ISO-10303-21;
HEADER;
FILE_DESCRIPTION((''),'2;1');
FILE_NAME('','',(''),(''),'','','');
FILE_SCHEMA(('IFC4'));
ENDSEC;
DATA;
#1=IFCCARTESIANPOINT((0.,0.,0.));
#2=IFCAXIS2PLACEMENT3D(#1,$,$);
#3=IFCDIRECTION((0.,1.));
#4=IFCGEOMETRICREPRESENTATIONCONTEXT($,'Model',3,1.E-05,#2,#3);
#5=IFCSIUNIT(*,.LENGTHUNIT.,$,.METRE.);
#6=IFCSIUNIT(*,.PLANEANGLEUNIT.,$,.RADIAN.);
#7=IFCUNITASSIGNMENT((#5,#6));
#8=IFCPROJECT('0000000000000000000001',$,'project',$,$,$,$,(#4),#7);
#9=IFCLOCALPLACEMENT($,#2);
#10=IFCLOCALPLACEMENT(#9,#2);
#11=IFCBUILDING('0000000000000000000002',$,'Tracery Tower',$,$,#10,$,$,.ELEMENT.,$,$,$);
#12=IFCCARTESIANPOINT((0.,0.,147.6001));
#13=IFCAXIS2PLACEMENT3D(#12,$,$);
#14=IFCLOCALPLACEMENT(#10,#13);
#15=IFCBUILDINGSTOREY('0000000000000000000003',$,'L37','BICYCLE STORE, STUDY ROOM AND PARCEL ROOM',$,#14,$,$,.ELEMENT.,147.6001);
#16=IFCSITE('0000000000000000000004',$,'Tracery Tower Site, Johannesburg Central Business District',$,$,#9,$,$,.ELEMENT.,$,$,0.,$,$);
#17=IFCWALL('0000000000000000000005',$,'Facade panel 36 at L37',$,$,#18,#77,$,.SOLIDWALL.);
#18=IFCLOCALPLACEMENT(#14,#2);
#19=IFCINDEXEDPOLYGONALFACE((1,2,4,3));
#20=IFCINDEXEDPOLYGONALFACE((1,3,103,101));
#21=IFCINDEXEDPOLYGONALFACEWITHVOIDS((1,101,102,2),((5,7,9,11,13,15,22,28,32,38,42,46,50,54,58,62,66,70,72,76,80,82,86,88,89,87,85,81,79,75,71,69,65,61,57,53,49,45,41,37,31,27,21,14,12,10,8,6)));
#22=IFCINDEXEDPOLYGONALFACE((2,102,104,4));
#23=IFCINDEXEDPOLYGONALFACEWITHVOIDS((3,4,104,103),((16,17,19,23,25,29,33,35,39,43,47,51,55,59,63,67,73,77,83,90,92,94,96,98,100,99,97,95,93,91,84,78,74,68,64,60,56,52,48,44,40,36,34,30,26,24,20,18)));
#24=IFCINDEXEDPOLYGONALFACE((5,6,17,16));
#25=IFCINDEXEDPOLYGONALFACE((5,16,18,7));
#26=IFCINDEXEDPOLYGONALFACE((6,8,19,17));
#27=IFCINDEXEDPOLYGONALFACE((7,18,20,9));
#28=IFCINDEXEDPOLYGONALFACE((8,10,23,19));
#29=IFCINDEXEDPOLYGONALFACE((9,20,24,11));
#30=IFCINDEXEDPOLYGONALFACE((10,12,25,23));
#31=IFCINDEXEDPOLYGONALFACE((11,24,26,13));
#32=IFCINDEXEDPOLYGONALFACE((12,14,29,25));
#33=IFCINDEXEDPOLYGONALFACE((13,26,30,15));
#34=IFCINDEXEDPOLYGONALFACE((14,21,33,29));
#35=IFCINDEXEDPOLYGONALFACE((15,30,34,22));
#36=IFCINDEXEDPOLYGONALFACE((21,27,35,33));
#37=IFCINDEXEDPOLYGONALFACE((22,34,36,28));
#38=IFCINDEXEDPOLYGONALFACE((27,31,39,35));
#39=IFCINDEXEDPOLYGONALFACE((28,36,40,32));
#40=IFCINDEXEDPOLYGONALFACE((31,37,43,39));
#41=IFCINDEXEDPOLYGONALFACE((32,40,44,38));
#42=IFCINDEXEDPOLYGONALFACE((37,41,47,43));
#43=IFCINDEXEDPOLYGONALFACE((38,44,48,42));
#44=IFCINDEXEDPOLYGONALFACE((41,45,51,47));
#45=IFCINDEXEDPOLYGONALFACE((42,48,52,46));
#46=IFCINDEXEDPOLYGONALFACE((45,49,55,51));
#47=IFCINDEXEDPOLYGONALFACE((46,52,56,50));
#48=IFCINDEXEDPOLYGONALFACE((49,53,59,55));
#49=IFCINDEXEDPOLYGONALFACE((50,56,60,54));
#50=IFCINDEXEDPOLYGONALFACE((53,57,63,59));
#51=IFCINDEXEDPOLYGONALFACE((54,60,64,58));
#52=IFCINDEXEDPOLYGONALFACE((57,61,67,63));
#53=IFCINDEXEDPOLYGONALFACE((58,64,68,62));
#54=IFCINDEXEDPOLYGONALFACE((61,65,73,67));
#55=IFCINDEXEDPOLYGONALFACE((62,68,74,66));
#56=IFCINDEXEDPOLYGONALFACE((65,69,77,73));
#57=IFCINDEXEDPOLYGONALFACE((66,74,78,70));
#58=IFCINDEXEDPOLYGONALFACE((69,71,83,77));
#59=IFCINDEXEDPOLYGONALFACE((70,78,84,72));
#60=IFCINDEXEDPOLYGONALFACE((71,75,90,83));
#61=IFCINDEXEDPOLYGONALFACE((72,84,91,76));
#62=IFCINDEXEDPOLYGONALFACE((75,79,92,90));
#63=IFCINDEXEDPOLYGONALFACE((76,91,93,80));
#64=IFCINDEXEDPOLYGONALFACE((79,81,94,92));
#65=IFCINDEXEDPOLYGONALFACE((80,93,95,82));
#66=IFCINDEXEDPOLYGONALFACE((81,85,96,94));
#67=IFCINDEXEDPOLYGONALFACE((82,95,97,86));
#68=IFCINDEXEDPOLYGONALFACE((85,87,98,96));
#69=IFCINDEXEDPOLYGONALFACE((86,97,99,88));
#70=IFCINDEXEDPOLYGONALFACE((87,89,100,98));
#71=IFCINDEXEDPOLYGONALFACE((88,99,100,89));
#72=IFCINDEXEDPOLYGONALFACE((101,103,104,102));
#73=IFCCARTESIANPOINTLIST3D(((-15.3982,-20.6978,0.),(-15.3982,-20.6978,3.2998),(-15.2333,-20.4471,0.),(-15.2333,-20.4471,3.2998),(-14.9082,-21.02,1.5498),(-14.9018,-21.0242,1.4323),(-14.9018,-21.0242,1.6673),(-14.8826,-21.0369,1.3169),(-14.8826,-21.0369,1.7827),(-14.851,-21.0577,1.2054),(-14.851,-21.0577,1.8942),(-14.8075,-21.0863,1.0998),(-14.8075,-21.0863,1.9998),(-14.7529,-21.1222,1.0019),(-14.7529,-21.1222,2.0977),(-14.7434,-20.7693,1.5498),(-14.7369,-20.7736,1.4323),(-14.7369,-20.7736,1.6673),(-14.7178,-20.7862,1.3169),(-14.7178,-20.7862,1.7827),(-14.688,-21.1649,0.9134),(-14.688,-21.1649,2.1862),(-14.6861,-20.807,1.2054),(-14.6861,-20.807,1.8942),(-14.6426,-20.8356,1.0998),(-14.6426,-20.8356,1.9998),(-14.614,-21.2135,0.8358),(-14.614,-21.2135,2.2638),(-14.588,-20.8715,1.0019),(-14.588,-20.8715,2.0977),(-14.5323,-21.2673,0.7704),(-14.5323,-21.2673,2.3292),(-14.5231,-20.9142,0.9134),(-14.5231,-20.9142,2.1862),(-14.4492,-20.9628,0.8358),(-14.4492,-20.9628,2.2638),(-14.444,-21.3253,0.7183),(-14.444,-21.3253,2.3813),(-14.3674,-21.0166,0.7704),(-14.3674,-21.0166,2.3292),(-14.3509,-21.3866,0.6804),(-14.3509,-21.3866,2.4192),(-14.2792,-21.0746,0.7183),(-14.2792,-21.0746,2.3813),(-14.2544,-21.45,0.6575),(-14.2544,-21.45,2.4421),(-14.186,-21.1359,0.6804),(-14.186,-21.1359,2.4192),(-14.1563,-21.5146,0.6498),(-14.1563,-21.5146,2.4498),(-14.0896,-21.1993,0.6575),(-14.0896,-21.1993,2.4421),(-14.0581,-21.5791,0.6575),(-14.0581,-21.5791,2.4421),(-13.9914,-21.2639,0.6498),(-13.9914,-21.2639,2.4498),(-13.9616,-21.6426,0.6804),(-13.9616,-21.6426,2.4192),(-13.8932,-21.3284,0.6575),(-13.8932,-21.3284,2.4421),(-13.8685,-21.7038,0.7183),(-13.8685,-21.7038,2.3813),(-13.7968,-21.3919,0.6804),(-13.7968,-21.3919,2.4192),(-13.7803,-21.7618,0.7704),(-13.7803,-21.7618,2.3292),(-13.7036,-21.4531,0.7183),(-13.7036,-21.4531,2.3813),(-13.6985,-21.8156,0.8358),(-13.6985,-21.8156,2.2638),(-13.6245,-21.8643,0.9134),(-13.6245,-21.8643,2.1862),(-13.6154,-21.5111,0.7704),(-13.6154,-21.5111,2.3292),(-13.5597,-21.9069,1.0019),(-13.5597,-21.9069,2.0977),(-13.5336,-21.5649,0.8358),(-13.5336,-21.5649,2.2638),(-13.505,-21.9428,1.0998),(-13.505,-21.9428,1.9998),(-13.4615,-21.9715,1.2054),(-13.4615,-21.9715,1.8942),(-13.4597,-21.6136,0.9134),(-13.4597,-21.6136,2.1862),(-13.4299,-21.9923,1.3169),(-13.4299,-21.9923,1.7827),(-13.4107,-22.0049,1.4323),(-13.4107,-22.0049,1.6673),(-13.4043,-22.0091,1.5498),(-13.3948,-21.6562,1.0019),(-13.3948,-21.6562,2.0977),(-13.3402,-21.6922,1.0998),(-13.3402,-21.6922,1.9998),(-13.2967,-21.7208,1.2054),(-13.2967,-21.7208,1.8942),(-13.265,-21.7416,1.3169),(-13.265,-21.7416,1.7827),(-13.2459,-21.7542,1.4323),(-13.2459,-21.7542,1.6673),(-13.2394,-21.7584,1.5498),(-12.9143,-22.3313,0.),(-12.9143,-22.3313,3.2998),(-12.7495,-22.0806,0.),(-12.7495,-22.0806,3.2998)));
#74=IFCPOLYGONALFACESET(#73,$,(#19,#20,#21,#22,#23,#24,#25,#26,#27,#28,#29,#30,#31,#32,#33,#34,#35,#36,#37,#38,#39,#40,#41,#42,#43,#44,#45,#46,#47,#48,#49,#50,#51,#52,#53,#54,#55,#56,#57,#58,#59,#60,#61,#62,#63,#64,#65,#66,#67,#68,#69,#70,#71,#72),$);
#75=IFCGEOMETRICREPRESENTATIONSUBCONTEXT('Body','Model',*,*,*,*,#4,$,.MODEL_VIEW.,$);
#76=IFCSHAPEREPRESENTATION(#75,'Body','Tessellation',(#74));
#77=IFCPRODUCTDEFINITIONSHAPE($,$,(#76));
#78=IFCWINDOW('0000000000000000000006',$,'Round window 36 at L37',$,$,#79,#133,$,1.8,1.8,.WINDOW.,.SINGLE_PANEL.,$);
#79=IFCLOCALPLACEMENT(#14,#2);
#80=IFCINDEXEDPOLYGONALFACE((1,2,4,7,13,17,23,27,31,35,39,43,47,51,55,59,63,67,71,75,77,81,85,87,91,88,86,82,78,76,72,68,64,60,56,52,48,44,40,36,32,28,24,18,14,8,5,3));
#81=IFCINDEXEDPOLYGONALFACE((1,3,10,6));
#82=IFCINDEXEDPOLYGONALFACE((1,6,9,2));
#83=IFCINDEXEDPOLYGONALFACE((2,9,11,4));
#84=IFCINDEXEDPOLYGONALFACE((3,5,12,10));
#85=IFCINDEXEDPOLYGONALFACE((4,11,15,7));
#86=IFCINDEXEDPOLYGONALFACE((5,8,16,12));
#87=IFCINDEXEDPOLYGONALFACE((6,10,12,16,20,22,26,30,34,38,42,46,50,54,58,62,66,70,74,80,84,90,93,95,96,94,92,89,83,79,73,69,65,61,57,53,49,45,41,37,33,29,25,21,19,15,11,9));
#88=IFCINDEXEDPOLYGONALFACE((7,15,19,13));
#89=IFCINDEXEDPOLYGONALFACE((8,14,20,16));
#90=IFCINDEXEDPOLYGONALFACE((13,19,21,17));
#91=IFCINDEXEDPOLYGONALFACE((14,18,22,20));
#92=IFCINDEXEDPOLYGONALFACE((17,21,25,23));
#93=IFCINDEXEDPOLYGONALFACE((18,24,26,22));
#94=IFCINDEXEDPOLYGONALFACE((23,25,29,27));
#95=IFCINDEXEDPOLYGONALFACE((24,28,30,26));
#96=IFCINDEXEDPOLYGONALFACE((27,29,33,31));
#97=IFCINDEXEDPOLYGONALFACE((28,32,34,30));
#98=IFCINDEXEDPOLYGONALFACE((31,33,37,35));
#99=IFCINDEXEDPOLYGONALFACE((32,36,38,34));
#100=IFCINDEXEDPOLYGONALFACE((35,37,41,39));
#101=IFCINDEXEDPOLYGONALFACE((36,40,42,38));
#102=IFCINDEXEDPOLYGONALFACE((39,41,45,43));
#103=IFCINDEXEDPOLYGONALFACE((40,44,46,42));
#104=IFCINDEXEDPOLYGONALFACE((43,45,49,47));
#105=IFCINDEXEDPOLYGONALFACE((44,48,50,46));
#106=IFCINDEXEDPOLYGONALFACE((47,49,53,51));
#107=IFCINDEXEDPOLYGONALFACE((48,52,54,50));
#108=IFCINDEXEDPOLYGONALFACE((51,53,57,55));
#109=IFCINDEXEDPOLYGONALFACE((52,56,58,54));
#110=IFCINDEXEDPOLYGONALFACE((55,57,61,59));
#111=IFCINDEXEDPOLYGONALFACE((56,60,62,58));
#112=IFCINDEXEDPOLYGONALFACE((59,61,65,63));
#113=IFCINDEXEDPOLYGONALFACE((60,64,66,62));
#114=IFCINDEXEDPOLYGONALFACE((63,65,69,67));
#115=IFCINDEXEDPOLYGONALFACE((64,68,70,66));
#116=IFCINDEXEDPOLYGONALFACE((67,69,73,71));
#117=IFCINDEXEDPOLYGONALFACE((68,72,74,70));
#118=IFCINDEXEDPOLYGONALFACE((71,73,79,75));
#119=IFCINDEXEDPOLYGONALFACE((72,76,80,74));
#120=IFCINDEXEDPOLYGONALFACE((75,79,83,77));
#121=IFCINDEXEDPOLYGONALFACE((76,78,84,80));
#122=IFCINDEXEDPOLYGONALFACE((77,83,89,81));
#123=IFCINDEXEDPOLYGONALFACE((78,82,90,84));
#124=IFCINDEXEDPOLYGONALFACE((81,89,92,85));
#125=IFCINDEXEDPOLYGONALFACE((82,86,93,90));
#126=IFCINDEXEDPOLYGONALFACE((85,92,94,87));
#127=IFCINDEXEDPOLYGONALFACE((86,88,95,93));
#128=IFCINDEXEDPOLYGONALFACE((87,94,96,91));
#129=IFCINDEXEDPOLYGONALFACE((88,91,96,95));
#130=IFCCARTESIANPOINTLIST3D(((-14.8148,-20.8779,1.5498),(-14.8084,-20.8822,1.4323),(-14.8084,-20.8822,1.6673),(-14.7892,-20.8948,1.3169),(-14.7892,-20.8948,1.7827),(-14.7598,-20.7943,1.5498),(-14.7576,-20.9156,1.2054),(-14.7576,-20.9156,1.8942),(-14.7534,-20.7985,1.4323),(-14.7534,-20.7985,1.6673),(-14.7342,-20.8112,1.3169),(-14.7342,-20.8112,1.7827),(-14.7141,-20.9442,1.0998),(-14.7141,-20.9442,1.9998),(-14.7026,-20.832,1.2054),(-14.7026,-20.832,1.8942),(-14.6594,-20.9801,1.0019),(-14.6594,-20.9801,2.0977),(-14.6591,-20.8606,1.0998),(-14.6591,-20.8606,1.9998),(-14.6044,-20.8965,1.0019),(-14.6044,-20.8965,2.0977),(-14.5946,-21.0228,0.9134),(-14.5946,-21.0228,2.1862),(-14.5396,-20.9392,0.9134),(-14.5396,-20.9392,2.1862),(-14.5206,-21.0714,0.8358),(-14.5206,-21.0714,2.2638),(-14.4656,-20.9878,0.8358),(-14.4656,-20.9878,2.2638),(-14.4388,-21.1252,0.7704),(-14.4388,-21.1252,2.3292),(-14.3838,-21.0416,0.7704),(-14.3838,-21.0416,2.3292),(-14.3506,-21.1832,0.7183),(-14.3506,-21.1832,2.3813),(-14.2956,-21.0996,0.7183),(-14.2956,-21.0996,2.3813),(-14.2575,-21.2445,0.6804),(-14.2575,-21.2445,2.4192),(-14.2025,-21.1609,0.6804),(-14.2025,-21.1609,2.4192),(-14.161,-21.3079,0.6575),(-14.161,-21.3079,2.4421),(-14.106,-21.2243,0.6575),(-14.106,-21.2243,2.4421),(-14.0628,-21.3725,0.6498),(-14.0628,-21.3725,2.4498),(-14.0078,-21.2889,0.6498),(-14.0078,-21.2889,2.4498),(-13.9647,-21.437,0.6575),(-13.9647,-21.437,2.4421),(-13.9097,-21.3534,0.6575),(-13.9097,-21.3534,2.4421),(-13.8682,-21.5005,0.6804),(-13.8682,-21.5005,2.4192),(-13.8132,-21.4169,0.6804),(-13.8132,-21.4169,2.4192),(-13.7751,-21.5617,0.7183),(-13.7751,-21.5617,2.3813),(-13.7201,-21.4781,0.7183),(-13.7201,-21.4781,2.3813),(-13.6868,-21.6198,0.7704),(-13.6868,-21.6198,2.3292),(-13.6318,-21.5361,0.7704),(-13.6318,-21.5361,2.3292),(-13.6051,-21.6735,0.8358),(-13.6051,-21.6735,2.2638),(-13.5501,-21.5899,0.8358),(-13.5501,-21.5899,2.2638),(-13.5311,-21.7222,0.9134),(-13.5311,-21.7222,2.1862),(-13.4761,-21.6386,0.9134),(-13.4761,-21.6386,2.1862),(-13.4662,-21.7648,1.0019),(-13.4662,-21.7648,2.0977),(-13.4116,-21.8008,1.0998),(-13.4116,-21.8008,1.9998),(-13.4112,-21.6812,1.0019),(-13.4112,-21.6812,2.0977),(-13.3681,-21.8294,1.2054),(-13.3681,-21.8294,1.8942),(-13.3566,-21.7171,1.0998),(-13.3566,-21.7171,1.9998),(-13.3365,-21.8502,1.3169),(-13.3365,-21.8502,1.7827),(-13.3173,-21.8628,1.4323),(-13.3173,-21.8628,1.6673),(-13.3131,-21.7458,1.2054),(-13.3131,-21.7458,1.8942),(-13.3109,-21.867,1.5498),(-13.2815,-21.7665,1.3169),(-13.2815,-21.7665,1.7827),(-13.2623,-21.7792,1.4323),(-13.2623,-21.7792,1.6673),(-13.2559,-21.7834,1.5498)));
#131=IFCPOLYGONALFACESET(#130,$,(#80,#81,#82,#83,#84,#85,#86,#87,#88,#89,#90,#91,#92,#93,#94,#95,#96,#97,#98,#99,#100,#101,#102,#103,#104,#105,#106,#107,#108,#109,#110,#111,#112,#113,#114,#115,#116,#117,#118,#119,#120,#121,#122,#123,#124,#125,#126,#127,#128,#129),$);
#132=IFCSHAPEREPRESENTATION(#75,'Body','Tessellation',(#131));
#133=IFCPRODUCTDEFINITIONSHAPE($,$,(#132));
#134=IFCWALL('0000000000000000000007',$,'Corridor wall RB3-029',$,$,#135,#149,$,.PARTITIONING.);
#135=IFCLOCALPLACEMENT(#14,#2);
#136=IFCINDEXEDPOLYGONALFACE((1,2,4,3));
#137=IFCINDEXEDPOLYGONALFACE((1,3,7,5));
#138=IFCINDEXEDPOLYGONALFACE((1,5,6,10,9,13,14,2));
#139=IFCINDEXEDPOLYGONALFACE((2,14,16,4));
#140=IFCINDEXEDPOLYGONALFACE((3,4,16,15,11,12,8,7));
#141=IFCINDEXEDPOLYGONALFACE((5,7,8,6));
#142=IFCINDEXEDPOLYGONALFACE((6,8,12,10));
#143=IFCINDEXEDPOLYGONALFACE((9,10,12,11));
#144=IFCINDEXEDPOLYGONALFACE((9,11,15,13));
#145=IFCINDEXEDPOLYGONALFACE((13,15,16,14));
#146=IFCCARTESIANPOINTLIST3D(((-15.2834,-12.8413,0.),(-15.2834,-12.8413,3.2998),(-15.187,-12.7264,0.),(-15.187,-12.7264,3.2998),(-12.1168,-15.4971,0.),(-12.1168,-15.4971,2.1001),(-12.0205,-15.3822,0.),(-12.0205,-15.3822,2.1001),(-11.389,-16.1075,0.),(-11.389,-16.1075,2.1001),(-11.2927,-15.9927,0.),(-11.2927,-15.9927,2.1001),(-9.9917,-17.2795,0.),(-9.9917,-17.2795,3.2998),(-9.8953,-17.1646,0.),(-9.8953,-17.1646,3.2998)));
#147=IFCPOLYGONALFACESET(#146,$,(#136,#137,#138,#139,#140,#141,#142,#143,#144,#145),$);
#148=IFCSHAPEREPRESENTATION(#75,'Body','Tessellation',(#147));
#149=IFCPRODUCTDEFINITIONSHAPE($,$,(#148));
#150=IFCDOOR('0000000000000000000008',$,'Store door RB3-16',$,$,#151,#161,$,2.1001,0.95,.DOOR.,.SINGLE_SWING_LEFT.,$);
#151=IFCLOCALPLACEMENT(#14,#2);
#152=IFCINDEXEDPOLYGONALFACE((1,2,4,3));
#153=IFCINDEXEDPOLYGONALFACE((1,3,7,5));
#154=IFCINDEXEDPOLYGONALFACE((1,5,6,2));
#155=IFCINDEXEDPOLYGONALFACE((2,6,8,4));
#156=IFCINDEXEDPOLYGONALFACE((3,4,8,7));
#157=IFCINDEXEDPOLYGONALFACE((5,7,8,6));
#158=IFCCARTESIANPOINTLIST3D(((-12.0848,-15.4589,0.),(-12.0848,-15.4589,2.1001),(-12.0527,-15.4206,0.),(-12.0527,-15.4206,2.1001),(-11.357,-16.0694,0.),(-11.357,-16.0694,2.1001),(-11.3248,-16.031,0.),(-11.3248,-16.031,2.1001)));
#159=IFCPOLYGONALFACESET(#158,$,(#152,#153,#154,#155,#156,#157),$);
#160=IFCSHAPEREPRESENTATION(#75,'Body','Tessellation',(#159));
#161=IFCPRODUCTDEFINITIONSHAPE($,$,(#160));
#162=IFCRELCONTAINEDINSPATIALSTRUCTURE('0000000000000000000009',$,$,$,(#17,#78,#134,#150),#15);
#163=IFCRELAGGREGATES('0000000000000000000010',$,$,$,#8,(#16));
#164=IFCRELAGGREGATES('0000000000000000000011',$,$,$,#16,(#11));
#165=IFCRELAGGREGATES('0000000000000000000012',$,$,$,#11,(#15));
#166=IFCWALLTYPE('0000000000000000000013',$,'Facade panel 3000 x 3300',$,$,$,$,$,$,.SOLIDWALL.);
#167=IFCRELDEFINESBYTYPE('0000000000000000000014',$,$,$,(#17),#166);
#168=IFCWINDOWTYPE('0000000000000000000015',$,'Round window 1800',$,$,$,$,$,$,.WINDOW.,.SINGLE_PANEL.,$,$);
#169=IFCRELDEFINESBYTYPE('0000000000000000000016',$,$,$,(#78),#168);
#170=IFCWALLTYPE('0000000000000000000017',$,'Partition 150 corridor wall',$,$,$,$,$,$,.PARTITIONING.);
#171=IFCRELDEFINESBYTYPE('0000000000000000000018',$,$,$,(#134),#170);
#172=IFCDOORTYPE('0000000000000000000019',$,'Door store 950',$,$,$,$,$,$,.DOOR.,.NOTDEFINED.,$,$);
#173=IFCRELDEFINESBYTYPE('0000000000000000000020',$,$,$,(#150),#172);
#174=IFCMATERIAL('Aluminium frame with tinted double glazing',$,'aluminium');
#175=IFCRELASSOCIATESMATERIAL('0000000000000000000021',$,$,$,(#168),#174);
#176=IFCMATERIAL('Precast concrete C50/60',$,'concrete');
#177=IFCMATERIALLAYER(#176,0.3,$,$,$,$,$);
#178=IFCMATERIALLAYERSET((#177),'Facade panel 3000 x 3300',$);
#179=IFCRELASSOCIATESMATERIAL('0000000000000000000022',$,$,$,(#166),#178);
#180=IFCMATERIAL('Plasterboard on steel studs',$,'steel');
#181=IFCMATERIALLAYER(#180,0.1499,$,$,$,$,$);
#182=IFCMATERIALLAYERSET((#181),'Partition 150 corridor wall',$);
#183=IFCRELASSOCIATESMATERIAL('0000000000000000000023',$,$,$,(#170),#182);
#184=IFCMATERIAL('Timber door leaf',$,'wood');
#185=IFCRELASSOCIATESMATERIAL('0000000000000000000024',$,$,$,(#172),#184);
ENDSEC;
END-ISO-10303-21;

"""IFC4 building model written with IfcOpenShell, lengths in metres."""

from ifc_helpers import new_model, si_unit, direction, frame, frame_2d, origin, origin_2d, place, context, subcontext, project, spatial, rectangle, circle, extrude, material, layer, layer_set, type_object, element, fill, save


model = new_model("IFC4")

# Units and contexts
model_context = context("Model", 3, precision=1e-05, world=origin(), true_north=direction((0.0, 1.0)))
body_context = subcontext(model_context, "Body", "Model", "MODEL_VIEW")
ifc_project = project(units=[si_unit("LENGTHUNIT", "METRE"), si_unit("PLANEANGLEUNIT", "RADIAN")], contexts=[model_context])

# Site, building, storey
site_placement = place(None, origin())
site = spatial("IfcSite", under=ifc_project, at=site_placement, Name="Tracery Tower Site, Johannesburg Central Business District", CompositionType="ELEMENT", RefElevation=0.0)
building_placement = place(site_placement, origin())
building = spatial("IfcBuilding", under=site, at=building_placement, Name="Tracery Tower", CompositionType="ELEMENT")
storey_placement = place(building_placement, frame((0.0, 0.0, 147.6001)))
storey = spatial("IfcBuildingStorey", under=building, at=storey_placement, Name="L37", Description="BICYCLE STORE, STUDY ROOM AND PARCEL ROOM", CompositionType="ELEMENT", Elevation=147.6001)

# Wall, opening, window
ifc_material_1 = material(Name="Aluminium frame with tinted double glazing", Category="aluminium")
window_type = type_object("IfcWindowType", Name="Round window 1800", PartitioningType="SINGLE_PANEL", PredefinedType="WINDOW", material=ifc_material_1)
ifc_material_2 = material(Name="Precast concrete C50/60", Category="concrete")
ifc_layer_1 = layer(ifc_material_2, 0.3)
ifc_layer_set_1 = layer_set([ifc_layer_1], Name="Facade panel 3000 x 3300")
wall_type_1 = type_object("IfcWallType", Name="Facade panel 3000 x 3300", PredefinedType="SOLIDWALL", material=ifc_layer_set_1)
wall_1_placement = place(storey_placement, frame((-15.3157, -20.5725, 0.0), z_axis=(0.0, 0.0, 1.0), x_axis=(0.835508, -0.549478, 0.0)))
wall_1 = element("IfcWall", 1, at=wall_1_placement, inside=storey, type_object=wall_type_1, Name="Facade panel 36 at L37", PredefinedType="SOLIDWALL", context=body_context, shape_type="SweptSolid", body=[
    extrude(rectangle(XDim=2.9729, YDim=0.3, at=frame_2d((1.4863, 0.0))), origin(), (0.0, 0.0, 1.0), 3.2998),
])
opening_1_placement = place(wall_1_placement, frame((1.4863, 0.0, 1.5498)))
opening_1 = element("IfcOpeningElement", 2, at=opening_1_placement, cuts=wall_1, PredefinedType="OPENING", context=body_context, shape_type="SweptSolid", body=[
    extrude(circle(Radius=0.9, at=origin_2d()), frame((0.0, 0.1599, 0.0), z_axis=(0.0, -1.0, 0.0), x_axis=(1.0, 0.0, 0.0)), (0.0, 0.0, 1.0), 0.3201),
])
window_1_placement = place(opening_1_placement, origin())
window_1 = element("IfcWindow", 3, at=window_1_placement, inside=storey, type_object=window_type, Name="Round window 36 at L37", OverallHeight=1.8, OverallWidth=1.8, PartitioningType="SINGLE_PANEL", PredefinedType="WINDOW", context=body_context, shape_type="SweptSolid", body=[
    extrude(circle(Radius=0.9, at=origin_2d()), frame((0.0, 0.1201, 0.0), z_axis=(0.0, -1.0, 0.0), x_axis=(1.0, 0.0, 0.0)), (0.0, 0.0, 1.0), 0.1001),
])
fill(opening_1, window_1)

# Wall, opening, door
ifc_material_3 = material(Name="Plasterboard on steel studs", Category="steel")
ifc_layer_2 = layer(ifc_material_3, 0.1499)
ifc_layer_set_2 = layer_set([ifc_layer_2], Name="Partition 150 corridor wall")
wall_type_2 = type_object("IfcWallType", Name="Partition 150 corridor wall", PredefinedType="PARTITIONING", material=ifc_layer_set_2)
wall_2_placement = place(storey_placement, frame((-15.2351, -12.7839, 0.0), z_axis=(0.0, 0.0, 1.0), x_axis=(0.766192, -0.642612, 0.0)))
wall_2 = element("IfcWall", 4, at=wall_2_placement, inside=storey, type_object=wall_type_2, Name="Corridor wall RB3-029", PredefinedType="PARTITIONING", context=body_context, shape_type="SweptSolid", body=[
    extrude(rectangle(XDim=6.9065, YDim=0.1499, at=frame_2d((3.4531, 0.0))), origin(), (0.0, 0.0, 1.0), 3.2998),
])
opening_2_placement = place(wall_2_placement, frame((4.1326, 0.0, 0.0)))
opening_2 = element("IfcOpeningElement", 5, at=opening_2_placement, cuts=wall_2, PredefinedType="OPENING", context=body_context, shape_type="SweptSolid", body=[
    extrude(rectangle(XDim=0.95, YDim=2.1001, at=frame_2d((0.4751, 1.05))), frame((0.0, 0.075, 0.0), z_axis=(0.0, -1.0, 0.0), x_axis=(1.0, 0.0, 0.0)), (0.0, 0.0, 1.0), 0.1499),
])
ifc_material_4 = material(Name="Timber door leaf", Category="wood")
door_type_1 = type_object("IfcDoorType", Name="Door store 950", OperationType="NOTDEFINED", PredefinedType="DOOR", material=ifc_material_4)
door_1_placement = place(opening_2_placement, origin())
door_1 = element("IfcDoor", 6, at=door_1_placement, inside=storey, type_object=door_type_1, Name="Store door RB3-16", OperationType="SINGLE_SWING_LEFT", OverallHeight=2.1001, OverallWidth=0.95, PredefinedType="DOOR", context=body_context, shape_type="SweptSolid", body=[
    extrude(rectangle(XDim=0.95, YDim=2.1001, at=frame_2d((0.4751, 1.05))), frame((0.0, 0.0249, 0.0), z_axis=(0.0, -1.0, 0.0), x_axis=(1.0, 0.0, 0.0)), (0.0, 0.0, 1.0), 0.05),
])
fill(opening_2, door_1)

save(model, "model.ifc")
